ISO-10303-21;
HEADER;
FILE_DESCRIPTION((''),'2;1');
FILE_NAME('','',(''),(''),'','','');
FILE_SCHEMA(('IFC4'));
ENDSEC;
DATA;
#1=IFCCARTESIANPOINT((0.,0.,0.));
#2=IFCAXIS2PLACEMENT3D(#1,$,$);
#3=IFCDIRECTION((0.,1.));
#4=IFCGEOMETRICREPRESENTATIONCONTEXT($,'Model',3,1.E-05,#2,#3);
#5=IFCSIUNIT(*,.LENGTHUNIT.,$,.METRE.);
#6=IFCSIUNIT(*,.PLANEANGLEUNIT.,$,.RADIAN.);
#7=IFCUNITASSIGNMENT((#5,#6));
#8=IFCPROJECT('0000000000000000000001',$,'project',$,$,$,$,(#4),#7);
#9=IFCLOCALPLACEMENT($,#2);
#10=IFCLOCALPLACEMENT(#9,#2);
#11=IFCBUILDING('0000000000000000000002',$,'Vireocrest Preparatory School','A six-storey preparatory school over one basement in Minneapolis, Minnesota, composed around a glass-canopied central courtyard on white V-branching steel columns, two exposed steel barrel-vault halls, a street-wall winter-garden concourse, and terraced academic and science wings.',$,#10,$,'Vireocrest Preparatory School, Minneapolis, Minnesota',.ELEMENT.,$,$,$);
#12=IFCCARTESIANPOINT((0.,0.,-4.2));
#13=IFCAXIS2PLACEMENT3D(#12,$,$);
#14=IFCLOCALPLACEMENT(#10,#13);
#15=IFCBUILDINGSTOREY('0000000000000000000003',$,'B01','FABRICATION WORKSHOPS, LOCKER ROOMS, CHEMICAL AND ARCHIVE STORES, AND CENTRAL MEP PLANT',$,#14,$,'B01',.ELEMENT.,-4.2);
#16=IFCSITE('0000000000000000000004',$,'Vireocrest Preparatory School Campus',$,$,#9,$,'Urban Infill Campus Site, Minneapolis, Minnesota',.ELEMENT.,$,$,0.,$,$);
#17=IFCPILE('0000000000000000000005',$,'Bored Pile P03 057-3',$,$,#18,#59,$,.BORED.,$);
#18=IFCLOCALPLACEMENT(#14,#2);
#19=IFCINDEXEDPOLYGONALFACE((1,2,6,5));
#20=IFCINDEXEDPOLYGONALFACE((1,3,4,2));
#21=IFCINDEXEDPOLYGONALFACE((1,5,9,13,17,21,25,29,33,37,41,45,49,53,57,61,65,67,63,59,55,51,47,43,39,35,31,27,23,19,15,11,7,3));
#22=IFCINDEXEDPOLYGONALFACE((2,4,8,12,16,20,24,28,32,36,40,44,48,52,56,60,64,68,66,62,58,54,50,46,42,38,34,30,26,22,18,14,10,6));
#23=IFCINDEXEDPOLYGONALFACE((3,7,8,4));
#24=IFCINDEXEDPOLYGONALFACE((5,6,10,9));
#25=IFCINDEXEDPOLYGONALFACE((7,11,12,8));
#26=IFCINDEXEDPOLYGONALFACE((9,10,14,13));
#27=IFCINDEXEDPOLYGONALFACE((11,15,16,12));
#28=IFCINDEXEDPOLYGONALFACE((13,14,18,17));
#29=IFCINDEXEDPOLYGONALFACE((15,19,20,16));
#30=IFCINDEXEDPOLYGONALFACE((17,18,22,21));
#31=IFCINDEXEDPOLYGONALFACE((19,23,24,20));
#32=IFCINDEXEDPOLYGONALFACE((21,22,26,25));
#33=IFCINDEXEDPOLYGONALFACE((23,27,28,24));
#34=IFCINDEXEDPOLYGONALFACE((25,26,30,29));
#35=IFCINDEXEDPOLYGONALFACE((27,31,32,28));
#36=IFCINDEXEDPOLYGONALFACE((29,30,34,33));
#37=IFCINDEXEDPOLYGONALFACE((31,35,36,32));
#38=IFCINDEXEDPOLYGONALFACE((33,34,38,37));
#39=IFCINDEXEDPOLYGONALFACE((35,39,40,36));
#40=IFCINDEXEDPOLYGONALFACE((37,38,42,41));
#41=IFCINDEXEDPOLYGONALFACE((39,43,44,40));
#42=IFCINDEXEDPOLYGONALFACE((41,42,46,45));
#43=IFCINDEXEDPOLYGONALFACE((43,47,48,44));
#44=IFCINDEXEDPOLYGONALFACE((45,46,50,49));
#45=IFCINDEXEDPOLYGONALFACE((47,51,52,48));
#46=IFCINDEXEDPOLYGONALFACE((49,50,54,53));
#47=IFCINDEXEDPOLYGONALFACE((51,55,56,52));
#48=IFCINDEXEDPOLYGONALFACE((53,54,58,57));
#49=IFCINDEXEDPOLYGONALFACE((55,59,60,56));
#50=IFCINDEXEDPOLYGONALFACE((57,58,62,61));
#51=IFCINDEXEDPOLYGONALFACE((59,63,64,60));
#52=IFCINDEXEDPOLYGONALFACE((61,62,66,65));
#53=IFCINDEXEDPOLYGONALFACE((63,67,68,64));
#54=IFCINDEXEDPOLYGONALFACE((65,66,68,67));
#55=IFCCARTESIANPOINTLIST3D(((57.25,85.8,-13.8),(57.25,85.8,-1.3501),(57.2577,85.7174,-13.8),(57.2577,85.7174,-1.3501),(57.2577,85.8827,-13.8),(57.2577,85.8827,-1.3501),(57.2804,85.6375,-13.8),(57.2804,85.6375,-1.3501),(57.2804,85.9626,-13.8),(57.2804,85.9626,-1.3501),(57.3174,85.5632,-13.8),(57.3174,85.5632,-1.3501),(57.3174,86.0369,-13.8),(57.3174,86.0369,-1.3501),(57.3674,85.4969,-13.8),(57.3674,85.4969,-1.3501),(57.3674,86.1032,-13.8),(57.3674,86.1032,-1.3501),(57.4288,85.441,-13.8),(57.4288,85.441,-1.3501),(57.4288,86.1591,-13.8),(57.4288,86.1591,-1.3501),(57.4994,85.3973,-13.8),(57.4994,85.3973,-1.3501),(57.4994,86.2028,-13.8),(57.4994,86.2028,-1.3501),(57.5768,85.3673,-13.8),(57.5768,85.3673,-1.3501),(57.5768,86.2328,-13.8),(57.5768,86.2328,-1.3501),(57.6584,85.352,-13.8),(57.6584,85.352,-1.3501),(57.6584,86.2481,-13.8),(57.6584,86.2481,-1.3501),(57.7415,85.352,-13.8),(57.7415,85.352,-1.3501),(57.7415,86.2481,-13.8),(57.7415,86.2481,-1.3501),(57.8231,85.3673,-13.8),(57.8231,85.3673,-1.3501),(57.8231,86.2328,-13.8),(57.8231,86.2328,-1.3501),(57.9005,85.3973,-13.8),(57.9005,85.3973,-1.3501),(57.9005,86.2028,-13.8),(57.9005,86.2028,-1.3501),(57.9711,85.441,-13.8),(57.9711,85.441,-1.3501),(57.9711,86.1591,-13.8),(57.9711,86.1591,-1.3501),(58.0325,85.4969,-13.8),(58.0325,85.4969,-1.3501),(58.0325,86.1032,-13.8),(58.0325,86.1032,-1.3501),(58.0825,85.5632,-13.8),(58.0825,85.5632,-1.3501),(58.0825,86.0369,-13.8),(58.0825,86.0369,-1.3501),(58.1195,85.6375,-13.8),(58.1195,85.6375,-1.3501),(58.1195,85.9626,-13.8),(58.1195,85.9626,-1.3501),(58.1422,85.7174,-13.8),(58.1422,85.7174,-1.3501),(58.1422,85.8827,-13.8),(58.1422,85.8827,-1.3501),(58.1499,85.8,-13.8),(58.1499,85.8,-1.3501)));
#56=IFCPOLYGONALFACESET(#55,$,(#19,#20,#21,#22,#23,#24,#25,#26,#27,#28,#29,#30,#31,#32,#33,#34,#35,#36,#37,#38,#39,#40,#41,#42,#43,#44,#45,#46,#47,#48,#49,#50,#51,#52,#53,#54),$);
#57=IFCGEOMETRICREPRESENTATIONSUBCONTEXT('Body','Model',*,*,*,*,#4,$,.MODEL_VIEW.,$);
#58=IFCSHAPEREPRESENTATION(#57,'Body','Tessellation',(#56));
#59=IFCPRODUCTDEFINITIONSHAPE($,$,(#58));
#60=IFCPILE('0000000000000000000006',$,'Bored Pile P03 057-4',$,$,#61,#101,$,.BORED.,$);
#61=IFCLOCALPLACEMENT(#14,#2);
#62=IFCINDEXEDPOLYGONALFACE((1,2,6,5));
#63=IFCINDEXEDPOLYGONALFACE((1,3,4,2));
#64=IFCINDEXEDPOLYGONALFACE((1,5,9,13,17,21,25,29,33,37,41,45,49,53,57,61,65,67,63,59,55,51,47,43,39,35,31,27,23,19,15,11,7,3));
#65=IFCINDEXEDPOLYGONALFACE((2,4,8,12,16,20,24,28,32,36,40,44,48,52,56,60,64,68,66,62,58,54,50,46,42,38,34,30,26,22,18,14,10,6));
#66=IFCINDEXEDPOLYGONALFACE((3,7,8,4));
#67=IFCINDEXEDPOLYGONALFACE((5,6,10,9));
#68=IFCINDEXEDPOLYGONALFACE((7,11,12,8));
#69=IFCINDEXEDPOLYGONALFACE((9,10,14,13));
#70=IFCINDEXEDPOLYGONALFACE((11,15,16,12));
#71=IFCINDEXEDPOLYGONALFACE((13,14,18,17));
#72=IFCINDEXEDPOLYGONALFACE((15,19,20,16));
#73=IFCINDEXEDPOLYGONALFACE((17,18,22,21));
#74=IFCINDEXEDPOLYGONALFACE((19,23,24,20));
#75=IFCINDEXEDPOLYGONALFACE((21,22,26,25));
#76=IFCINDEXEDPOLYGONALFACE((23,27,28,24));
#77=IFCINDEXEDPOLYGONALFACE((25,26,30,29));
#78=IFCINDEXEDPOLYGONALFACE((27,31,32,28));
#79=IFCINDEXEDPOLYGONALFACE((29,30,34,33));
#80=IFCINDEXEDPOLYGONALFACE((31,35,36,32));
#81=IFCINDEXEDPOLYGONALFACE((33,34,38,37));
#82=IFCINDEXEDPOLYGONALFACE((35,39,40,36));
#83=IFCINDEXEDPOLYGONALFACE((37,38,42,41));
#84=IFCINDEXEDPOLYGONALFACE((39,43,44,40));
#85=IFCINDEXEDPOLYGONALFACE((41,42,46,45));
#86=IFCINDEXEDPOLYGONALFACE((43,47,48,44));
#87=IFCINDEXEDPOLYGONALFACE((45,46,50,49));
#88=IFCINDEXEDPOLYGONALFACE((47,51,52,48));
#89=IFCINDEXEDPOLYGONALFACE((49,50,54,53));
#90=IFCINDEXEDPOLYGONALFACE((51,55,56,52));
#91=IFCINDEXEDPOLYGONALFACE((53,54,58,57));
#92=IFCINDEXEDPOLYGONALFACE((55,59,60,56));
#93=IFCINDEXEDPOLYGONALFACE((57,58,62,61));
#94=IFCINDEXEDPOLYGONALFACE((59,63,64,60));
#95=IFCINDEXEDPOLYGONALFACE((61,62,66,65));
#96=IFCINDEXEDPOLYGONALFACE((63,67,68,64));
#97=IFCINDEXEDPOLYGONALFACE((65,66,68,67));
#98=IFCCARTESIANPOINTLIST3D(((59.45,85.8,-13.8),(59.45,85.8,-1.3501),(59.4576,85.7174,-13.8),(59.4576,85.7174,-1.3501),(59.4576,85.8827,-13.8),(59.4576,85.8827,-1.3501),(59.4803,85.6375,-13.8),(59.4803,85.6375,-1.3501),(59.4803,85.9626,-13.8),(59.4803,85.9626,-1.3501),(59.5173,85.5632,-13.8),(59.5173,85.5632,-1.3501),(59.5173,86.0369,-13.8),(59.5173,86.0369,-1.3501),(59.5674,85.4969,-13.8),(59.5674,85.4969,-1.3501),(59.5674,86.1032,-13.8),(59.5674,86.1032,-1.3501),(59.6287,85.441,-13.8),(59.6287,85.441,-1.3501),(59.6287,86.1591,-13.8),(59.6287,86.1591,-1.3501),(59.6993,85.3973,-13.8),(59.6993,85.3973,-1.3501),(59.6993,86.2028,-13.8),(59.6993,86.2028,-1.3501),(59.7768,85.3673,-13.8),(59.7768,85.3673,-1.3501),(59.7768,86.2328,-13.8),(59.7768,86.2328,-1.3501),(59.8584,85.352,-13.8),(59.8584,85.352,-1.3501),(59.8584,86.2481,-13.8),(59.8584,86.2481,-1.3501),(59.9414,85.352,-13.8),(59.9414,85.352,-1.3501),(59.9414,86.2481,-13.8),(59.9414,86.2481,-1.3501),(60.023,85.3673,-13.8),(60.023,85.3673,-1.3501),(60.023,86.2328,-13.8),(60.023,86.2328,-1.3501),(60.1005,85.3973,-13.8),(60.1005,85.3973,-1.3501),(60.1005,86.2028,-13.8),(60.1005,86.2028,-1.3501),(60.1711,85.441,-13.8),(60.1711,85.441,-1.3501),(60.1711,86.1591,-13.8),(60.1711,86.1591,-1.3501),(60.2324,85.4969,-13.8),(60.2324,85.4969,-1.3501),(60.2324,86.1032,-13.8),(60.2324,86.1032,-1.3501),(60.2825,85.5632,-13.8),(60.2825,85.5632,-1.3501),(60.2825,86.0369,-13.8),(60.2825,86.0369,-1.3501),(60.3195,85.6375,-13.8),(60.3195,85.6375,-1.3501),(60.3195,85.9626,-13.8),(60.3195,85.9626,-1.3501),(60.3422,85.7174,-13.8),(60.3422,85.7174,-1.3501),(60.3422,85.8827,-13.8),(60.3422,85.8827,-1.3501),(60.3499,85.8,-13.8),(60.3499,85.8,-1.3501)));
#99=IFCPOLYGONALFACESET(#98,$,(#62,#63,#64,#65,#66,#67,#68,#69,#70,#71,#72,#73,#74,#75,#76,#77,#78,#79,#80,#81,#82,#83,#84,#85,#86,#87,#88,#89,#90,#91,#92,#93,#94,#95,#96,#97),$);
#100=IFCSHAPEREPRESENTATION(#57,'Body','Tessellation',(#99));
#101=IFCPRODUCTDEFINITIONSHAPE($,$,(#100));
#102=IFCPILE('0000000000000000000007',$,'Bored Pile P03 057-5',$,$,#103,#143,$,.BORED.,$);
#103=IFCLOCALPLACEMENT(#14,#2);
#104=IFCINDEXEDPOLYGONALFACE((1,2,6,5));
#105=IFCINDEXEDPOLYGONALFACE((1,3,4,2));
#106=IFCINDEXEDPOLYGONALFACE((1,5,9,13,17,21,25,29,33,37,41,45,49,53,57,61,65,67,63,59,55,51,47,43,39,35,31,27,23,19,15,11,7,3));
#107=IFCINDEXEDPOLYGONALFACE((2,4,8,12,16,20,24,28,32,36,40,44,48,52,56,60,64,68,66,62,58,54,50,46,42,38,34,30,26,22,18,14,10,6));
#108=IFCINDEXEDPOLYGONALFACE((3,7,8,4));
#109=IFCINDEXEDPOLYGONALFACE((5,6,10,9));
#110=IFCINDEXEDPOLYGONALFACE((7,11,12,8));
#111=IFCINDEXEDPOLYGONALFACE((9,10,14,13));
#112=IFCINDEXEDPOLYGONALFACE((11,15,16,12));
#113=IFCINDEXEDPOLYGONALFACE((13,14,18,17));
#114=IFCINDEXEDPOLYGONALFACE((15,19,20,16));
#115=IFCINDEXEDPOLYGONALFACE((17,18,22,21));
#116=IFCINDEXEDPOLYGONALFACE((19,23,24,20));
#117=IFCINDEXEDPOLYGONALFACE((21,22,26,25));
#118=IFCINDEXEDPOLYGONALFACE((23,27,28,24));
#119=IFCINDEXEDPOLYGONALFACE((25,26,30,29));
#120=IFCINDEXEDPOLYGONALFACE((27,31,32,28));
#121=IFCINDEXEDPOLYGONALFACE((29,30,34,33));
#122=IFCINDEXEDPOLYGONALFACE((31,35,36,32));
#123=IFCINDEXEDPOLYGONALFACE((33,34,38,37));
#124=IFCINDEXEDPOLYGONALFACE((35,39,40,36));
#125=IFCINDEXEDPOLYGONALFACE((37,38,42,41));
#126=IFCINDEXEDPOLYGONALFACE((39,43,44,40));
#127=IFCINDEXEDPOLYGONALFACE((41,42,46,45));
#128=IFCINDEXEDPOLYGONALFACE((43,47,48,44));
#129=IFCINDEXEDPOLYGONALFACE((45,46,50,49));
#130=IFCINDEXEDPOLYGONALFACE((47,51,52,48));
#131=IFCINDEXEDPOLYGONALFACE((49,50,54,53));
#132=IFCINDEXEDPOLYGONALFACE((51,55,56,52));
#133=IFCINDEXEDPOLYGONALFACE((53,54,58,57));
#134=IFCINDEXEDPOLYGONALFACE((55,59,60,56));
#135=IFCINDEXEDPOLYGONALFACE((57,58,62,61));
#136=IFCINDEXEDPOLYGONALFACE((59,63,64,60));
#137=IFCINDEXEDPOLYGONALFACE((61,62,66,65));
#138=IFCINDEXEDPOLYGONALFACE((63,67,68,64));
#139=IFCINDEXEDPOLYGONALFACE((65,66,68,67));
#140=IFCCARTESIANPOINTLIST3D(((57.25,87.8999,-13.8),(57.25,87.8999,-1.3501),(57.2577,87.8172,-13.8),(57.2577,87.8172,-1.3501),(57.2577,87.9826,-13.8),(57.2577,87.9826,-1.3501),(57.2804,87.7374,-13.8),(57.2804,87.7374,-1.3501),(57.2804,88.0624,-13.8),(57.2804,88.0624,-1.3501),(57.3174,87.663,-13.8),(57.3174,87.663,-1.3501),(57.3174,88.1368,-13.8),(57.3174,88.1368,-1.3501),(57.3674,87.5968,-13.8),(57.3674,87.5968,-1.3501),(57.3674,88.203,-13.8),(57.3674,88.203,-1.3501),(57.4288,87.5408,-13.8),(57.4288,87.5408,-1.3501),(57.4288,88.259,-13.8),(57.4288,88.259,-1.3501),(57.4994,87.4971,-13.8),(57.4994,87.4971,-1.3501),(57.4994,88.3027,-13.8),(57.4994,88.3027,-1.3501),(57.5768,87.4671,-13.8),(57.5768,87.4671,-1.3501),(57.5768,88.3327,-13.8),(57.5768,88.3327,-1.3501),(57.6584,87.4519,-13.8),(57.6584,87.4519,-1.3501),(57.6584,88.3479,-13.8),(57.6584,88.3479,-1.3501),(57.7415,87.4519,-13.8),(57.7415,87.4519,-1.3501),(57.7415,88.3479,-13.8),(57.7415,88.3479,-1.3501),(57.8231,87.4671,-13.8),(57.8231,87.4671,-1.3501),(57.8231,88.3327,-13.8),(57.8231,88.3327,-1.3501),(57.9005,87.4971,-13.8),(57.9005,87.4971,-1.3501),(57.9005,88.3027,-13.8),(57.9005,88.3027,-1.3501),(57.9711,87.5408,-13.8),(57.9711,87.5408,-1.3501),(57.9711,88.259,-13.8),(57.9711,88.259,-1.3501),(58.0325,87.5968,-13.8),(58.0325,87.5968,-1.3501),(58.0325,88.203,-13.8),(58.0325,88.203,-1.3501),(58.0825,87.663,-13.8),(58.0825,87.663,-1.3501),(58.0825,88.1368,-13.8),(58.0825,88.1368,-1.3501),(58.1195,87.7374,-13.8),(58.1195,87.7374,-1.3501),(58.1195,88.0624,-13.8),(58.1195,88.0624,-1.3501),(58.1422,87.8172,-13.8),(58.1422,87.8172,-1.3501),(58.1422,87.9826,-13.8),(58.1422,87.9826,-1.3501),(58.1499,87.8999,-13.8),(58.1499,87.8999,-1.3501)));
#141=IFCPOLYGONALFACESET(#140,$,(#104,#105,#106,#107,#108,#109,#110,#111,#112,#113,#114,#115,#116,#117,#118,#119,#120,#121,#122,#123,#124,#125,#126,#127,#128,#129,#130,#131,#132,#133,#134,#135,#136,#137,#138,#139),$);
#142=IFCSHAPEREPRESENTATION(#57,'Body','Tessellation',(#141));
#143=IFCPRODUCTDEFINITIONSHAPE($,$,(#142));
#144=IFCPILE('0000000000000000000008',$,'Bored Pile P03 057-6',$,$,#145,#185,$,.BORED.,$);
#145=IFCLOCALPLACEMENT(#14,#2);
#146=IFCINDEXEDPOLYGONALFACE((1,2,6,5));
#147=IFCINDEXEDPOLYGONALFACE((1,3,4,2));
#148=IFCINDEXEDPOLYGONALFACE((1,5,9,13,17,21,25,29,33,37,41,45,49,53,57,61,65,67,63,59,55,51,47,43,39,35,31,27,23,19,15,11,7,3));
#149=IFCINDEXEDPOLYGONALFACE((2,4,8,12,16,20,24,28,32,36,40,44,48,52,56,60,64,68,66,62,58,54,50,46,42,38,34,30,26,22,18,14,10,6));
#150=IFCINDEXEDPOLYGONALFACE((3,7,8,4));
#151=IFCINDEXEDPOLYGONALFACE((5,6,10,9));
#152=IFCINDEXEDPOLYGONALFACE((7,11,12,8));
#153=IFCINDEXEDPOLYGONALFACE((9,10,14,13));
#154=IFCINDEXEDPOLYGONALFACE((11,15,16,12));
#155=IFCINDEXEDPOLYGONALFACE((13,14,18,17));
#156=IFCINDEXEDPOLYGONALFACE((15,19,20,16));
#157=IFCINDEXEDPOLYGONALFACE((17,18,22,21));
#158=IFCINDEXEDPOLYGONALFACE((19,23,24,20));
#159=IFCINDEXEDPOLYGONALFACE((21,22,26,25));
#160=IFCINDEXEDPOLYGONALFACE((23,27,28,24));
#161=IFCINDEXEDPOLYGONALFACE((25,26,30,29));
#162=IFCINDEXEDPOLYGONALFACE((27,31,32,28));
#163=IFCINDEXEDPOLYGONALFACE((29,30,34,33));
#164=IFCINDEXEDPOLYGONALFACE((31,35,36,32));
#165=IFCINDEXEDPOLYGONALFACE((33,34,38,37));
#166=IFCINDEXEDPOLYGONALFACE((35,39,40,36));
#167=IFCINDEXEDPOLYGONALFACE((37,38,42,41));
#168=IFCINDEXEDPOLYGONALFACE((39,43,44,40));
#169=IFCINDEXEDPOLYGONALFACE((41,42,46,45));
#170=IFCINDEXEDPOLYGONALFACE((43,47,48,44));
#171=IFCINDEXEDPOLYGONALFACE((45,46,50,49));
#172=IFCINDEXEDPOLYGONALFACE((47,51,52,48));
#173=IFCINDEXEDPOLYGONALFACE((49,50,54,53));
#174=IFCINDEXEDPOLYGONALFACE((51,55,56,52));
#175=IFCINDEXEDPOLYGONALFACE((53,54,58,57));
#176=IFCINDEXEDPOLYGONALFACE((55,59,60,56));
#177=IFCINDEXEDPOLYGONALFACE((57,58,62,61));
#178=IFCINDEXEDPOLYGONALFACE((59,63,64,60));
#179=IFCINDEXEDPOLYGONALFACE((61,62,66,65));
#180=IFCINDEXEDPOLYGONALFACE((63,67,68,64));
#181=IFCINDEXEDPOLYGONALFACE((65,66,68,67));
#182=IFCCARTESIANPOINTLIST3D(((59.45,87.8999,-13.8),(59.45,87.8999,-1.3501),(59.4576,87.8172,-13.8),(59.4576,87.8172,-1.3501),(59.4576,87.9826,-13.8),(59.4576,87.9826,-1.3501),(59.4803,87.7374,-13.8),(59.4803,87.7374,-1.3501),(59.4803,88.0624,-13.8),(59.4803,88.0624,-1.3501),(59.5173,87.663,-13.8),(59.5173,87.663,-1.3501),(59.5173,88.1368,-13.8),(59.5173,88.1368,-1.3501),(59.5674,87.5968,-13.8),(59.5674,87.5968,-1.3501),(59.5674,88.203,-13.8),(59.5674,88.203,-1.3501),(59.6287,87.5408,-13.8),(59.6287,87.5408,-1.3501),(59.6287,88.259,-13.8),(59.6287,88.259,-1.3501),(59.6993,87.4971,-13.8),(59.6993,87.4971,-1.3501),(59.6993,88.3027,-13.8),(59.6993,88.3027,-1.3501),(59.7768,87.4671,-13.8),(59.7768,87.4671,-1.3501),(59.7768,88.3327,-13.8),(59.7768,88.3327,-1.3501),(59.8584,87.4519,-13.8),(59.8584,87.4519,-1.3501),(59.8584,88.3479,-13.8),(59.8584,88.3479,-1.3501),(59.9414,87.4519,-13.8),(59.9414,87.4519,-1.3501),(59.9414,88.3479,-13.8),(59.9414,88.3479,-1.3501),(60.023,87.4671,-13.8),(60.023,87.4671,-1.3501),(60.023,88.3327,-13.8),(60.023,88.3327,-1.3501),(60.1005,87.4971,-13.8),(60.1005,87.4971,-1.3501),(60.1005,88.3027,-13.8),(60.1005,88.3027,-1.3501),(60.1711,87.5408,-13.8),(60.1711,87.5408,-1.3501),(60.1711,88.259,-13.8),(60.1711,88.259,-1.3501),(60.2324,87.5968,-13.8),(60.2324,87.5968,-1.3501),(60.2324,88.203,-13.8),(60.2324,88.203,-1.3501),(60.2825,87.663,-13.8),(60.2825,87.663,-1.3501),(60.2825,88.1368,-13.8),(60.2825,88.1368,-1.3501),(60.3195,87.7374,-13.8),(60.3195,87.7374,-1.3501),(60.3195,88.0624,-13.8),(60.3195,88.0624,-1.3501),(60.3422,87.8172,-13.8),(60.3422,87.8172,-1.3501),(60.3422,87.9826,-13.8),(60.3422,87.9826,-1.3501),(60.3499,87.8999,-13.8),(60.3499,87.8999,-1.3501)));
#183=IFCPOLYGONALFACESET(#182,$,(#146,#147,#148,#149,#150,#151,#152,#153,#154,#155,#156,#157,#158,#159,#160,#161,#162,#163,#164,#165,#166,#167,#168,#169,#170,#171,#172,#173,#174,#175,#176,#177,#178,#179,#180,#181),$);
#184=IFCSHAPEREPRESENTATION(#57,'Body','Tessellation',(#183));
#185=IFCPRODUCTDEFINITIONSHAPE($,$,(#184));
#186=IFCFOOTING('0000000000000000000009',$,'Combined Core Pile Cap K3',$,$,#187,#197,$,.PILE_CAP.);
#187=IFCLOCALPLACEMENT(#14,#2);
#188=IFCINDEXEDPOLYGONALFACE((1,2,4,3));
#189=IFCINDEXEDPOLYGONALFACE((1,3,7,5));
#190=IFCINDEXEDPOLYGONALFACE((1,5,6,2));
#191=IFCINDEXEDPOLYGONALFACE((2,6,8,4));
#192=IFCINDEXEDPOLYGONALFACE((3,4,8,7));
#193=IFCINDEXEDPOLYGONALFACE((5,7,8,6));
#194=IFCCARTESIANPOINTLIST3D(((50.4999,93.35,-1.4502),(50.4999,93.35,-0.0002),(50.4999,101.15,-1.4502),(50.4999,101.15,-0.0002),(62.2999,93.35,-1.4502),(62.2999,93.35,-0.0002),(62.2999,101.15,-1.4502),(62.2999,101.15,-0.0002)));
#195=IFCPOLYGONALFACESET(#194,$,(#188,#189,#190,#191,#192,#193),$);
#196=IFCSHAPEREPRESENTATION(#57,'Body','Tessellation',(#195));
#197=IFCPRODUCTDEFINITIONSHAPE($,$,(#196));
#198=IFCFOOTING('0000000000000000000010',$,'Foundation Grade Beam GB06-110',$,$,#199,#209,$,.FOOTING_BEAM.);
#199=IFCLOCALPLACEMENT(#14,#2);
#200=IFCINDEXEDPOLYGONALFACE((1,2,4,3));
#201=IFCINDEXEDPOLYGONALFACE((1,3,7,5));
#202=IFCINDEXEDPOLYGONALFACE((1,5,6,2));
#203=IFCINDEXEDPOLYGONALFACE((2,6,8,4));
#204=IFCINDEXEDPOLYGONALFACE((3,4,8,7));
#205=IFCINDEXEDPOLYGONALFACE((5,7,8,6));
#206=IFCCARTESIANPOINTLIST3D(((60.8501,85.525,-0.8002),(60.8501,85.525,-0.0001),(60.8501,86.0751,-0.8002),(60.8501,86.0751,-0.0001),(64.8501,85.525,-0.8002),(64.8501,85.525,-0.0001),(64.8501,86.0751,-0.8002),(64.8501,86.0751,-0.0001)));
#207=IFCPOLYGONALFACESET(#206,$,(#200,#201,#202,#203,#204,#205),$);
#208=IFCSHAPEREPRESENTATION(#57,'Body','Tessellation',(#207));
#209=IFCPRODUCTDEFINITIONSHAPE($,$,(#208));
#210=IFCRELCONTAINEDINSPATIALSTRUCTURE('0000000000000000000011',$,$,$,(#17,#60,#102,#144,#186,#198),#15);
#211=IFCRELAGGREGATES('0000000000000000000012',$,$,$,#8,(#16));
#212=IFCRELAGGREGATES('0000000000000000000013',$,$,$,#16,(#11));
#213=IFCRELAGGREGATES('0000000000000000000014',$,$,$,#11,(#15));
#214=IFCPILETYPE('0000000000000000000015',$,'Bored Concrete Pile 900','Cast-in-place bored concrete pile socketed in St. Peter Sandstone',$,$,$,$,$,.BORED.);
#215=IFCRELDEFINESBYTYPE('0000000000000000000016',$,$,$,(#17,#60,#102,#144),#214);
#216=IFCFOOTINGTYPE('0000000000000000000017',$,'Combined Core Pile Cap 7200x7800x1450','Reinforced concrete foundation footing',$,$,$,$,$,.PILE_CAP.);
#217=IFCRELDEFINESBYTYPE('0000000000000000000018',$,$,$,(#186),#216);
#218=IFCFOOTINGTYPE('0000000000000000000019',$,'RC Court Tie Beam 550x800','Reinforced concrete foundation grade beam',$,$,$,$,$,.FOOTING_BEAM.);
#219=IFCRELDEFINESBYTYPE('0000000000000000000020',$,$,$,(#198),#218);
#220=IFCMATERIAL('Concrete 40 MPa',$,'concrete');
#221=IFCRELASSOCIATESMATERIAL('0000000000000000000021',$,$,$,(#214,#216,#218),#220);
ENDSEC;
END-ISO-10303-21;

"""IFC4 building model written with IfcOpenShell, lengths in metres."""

from ifc_helpers import new_model, si_unit, direction, frame, origin, origin_2d, place, context, subcontext, project, spatial, rectangle, circle, extrude, material, material_profile, profile_set, type_object, element, save


model = new_model("IFC4")

# Units and contexts
model_context = context("Model", 3, precision=1e-05, world=origin(), true_north=direction((0.0, 1.0)))
body_context = subcontext(model_context, "Body", "Model", "MODEL_VIEW")
ifc_project = project(units=[si_unit("LENGTHUNIT", "METRE"), si_unit("PLANEANGLEUNIT", "RADIAN")], contexts=[model_context])

# Site, building, storey
site_placement = place(None, origin())
site = spatial("IfcSite", under=ifc_project, at=site_placement, Name="Vireocrest Preparatory School Campus", LongName="Urban Infill Campus Site, Minneapolis, Minnesota", CompositionType="ELEMENT", RefElevation=0.0)
building_placement = place(site_placement, origin())
building = spatial("IfcBuilding", under=site, at=building_placement, Name="Vireocrest Preparatory School", Description="A six-storey preparatory school over one basement in Minneapolis, Minnesota, composed around a glass-canopied central courtyard on white V-branching steel columns, two exposed steel barrel-vault halls, a street-wall winter-garden concourse, and terraced academic and science wings.", LongName="Vireocrest Preparatory School, Minneapolis, Minnesota", CompositionType="ELEMENT")
storey_placement = place(building_placement, frame((0.0, 0.0, -4.2)))
storey = spatial("IfcBuildingStorey", under=building, at=storey_placement, Name="B01", Description="FABRICATION WORKSHOPS, LOCKER ROOMS, CHEMICAL AND ARCHIVE STORES, AND CENTRAL MEP PLANT", LongName="B01", CompositionType="ELEMENT", Elevation=-4.2)

# Piles
ifc_material_1 = material(Name="Concrete 40 MPa", Category="concrete")
ifc_material_profile_1 = material_profile(ifc_material_1, circle(Radius=0.45, at=origin_2d()), Name="BORED PILE 900")
ifc_profile_set_1 = profile_set([ifc_material_profile_1], Name="Concrete 40 MPa")
pile_type_1 = type_object("IfcPileType", Name="Bored Concrete Pile 900", Description="Cast-in-place bored concrete pile socketed in St. Peter Sandstone", PredefinedType="BORED", material=ifc_profile_set_1)
for number, where, z_axis, x_axis, name in (
    (1, (57.7, 85.8, -1.3501), (0.0, 0.0, -1.0), (1.0, 0.0, 0.0), "Bored Pile P03 057-3"),
    (2, (59.8999, 85.8, -1.3501), (0.0, 0.0, -1.0), (1.0, 0.0, 0.0), "Bored Pile P03 057-4"),
    (3, (57.7, 87.8999, -1.3501), (0.0, 0.0, -1.0), (1.0, 0.0, 0.0), "Bored Pile P03 057-5"),
    (4, (59.8999, 87.8999, -1.3501), (0.0, 0.0, -1.0), (1.0, 0.0, 0.0), "Bored Pile P03 057-6"),
):
    element("IfcPile", number, at=place(storey_placement, frame(where, z_axis=z_axis, x_axis=x_axis)), inside=storey, type_object=pile_type_1, Name=name, PredefinedType="BORED", context=body_context, shape_type="SweptSolid", body=[
        extrude(circle(Radius=0.45, at=origin_2d()), origin(), (0.0, 0.0, 1.0), 12.45),
    ])

# Footings
footing_type_1 = type_object("IfcFootingType", Name="Combined Core Pile Cap 7200x7800x1450", Description="Reinforced concrete foundation footing", PredefinedType="PILE_CAP", material=ifc_material_1)
footing_1_placement = place(storey_placement, frame((56.3999, 97.25, -1.4502), z_axis=(0.0, 0.0, 1.0), x_axis=(1.0, 0.0, 0.0)))
element("IfcFooting", 5, at=footing_1_placement, inside=storey, type_object=footing_type_1, Name="Combined Core Pile Cap K3", PredefinedType="PILE_CAP", context=body_context, shape_type="SweptSolid", body=[
    extrude(rectangle(XDim=11.8, YDim=7.8, at=origin_2d()), origin(), (0.0, 0.0, 1.0), 1.45),
])
ifc_material_profile_2 = material_profile(ifc_material_1, rectangle(XDim=0.55, YDim=0.8, at=origin_2d()), Name="GB 550x800")
ifc_profile_set_2 = profile_set([ifc_material_profile_2], Name="Concrete 40 MPa")
footing_type_2 = type_object("IfcFootingType", Name="RC Court Tie Beam 550x800", Description="Reinforced concrete foundation grade beam", PredefinedType="FOOTING_BEAM", material=ifc_profile_set_2)
footing_2_placement = place(storey_placement, frame((60.8501, 85.8, -0.4001), z_axis=(1.0, 0.0, 0.0), x_axis=(0.0, 1.0, 0.0)))
element("IfcFooting", 6, at=footing_2_placement, inside=storey, type_object=footing_type_2, Name="Foundation Grade Beam GB06-110", PredefinedType="FOOTING_BEAM", context=body_context, shape_type="SweptSolid", body=[
    extrude(rectangle(XDim=0.55, YDim=0.8, at=origin_2d()), origin(), (0.0, 0.0, 1.0), 4.0),
])

save(model, "model.ifc")
